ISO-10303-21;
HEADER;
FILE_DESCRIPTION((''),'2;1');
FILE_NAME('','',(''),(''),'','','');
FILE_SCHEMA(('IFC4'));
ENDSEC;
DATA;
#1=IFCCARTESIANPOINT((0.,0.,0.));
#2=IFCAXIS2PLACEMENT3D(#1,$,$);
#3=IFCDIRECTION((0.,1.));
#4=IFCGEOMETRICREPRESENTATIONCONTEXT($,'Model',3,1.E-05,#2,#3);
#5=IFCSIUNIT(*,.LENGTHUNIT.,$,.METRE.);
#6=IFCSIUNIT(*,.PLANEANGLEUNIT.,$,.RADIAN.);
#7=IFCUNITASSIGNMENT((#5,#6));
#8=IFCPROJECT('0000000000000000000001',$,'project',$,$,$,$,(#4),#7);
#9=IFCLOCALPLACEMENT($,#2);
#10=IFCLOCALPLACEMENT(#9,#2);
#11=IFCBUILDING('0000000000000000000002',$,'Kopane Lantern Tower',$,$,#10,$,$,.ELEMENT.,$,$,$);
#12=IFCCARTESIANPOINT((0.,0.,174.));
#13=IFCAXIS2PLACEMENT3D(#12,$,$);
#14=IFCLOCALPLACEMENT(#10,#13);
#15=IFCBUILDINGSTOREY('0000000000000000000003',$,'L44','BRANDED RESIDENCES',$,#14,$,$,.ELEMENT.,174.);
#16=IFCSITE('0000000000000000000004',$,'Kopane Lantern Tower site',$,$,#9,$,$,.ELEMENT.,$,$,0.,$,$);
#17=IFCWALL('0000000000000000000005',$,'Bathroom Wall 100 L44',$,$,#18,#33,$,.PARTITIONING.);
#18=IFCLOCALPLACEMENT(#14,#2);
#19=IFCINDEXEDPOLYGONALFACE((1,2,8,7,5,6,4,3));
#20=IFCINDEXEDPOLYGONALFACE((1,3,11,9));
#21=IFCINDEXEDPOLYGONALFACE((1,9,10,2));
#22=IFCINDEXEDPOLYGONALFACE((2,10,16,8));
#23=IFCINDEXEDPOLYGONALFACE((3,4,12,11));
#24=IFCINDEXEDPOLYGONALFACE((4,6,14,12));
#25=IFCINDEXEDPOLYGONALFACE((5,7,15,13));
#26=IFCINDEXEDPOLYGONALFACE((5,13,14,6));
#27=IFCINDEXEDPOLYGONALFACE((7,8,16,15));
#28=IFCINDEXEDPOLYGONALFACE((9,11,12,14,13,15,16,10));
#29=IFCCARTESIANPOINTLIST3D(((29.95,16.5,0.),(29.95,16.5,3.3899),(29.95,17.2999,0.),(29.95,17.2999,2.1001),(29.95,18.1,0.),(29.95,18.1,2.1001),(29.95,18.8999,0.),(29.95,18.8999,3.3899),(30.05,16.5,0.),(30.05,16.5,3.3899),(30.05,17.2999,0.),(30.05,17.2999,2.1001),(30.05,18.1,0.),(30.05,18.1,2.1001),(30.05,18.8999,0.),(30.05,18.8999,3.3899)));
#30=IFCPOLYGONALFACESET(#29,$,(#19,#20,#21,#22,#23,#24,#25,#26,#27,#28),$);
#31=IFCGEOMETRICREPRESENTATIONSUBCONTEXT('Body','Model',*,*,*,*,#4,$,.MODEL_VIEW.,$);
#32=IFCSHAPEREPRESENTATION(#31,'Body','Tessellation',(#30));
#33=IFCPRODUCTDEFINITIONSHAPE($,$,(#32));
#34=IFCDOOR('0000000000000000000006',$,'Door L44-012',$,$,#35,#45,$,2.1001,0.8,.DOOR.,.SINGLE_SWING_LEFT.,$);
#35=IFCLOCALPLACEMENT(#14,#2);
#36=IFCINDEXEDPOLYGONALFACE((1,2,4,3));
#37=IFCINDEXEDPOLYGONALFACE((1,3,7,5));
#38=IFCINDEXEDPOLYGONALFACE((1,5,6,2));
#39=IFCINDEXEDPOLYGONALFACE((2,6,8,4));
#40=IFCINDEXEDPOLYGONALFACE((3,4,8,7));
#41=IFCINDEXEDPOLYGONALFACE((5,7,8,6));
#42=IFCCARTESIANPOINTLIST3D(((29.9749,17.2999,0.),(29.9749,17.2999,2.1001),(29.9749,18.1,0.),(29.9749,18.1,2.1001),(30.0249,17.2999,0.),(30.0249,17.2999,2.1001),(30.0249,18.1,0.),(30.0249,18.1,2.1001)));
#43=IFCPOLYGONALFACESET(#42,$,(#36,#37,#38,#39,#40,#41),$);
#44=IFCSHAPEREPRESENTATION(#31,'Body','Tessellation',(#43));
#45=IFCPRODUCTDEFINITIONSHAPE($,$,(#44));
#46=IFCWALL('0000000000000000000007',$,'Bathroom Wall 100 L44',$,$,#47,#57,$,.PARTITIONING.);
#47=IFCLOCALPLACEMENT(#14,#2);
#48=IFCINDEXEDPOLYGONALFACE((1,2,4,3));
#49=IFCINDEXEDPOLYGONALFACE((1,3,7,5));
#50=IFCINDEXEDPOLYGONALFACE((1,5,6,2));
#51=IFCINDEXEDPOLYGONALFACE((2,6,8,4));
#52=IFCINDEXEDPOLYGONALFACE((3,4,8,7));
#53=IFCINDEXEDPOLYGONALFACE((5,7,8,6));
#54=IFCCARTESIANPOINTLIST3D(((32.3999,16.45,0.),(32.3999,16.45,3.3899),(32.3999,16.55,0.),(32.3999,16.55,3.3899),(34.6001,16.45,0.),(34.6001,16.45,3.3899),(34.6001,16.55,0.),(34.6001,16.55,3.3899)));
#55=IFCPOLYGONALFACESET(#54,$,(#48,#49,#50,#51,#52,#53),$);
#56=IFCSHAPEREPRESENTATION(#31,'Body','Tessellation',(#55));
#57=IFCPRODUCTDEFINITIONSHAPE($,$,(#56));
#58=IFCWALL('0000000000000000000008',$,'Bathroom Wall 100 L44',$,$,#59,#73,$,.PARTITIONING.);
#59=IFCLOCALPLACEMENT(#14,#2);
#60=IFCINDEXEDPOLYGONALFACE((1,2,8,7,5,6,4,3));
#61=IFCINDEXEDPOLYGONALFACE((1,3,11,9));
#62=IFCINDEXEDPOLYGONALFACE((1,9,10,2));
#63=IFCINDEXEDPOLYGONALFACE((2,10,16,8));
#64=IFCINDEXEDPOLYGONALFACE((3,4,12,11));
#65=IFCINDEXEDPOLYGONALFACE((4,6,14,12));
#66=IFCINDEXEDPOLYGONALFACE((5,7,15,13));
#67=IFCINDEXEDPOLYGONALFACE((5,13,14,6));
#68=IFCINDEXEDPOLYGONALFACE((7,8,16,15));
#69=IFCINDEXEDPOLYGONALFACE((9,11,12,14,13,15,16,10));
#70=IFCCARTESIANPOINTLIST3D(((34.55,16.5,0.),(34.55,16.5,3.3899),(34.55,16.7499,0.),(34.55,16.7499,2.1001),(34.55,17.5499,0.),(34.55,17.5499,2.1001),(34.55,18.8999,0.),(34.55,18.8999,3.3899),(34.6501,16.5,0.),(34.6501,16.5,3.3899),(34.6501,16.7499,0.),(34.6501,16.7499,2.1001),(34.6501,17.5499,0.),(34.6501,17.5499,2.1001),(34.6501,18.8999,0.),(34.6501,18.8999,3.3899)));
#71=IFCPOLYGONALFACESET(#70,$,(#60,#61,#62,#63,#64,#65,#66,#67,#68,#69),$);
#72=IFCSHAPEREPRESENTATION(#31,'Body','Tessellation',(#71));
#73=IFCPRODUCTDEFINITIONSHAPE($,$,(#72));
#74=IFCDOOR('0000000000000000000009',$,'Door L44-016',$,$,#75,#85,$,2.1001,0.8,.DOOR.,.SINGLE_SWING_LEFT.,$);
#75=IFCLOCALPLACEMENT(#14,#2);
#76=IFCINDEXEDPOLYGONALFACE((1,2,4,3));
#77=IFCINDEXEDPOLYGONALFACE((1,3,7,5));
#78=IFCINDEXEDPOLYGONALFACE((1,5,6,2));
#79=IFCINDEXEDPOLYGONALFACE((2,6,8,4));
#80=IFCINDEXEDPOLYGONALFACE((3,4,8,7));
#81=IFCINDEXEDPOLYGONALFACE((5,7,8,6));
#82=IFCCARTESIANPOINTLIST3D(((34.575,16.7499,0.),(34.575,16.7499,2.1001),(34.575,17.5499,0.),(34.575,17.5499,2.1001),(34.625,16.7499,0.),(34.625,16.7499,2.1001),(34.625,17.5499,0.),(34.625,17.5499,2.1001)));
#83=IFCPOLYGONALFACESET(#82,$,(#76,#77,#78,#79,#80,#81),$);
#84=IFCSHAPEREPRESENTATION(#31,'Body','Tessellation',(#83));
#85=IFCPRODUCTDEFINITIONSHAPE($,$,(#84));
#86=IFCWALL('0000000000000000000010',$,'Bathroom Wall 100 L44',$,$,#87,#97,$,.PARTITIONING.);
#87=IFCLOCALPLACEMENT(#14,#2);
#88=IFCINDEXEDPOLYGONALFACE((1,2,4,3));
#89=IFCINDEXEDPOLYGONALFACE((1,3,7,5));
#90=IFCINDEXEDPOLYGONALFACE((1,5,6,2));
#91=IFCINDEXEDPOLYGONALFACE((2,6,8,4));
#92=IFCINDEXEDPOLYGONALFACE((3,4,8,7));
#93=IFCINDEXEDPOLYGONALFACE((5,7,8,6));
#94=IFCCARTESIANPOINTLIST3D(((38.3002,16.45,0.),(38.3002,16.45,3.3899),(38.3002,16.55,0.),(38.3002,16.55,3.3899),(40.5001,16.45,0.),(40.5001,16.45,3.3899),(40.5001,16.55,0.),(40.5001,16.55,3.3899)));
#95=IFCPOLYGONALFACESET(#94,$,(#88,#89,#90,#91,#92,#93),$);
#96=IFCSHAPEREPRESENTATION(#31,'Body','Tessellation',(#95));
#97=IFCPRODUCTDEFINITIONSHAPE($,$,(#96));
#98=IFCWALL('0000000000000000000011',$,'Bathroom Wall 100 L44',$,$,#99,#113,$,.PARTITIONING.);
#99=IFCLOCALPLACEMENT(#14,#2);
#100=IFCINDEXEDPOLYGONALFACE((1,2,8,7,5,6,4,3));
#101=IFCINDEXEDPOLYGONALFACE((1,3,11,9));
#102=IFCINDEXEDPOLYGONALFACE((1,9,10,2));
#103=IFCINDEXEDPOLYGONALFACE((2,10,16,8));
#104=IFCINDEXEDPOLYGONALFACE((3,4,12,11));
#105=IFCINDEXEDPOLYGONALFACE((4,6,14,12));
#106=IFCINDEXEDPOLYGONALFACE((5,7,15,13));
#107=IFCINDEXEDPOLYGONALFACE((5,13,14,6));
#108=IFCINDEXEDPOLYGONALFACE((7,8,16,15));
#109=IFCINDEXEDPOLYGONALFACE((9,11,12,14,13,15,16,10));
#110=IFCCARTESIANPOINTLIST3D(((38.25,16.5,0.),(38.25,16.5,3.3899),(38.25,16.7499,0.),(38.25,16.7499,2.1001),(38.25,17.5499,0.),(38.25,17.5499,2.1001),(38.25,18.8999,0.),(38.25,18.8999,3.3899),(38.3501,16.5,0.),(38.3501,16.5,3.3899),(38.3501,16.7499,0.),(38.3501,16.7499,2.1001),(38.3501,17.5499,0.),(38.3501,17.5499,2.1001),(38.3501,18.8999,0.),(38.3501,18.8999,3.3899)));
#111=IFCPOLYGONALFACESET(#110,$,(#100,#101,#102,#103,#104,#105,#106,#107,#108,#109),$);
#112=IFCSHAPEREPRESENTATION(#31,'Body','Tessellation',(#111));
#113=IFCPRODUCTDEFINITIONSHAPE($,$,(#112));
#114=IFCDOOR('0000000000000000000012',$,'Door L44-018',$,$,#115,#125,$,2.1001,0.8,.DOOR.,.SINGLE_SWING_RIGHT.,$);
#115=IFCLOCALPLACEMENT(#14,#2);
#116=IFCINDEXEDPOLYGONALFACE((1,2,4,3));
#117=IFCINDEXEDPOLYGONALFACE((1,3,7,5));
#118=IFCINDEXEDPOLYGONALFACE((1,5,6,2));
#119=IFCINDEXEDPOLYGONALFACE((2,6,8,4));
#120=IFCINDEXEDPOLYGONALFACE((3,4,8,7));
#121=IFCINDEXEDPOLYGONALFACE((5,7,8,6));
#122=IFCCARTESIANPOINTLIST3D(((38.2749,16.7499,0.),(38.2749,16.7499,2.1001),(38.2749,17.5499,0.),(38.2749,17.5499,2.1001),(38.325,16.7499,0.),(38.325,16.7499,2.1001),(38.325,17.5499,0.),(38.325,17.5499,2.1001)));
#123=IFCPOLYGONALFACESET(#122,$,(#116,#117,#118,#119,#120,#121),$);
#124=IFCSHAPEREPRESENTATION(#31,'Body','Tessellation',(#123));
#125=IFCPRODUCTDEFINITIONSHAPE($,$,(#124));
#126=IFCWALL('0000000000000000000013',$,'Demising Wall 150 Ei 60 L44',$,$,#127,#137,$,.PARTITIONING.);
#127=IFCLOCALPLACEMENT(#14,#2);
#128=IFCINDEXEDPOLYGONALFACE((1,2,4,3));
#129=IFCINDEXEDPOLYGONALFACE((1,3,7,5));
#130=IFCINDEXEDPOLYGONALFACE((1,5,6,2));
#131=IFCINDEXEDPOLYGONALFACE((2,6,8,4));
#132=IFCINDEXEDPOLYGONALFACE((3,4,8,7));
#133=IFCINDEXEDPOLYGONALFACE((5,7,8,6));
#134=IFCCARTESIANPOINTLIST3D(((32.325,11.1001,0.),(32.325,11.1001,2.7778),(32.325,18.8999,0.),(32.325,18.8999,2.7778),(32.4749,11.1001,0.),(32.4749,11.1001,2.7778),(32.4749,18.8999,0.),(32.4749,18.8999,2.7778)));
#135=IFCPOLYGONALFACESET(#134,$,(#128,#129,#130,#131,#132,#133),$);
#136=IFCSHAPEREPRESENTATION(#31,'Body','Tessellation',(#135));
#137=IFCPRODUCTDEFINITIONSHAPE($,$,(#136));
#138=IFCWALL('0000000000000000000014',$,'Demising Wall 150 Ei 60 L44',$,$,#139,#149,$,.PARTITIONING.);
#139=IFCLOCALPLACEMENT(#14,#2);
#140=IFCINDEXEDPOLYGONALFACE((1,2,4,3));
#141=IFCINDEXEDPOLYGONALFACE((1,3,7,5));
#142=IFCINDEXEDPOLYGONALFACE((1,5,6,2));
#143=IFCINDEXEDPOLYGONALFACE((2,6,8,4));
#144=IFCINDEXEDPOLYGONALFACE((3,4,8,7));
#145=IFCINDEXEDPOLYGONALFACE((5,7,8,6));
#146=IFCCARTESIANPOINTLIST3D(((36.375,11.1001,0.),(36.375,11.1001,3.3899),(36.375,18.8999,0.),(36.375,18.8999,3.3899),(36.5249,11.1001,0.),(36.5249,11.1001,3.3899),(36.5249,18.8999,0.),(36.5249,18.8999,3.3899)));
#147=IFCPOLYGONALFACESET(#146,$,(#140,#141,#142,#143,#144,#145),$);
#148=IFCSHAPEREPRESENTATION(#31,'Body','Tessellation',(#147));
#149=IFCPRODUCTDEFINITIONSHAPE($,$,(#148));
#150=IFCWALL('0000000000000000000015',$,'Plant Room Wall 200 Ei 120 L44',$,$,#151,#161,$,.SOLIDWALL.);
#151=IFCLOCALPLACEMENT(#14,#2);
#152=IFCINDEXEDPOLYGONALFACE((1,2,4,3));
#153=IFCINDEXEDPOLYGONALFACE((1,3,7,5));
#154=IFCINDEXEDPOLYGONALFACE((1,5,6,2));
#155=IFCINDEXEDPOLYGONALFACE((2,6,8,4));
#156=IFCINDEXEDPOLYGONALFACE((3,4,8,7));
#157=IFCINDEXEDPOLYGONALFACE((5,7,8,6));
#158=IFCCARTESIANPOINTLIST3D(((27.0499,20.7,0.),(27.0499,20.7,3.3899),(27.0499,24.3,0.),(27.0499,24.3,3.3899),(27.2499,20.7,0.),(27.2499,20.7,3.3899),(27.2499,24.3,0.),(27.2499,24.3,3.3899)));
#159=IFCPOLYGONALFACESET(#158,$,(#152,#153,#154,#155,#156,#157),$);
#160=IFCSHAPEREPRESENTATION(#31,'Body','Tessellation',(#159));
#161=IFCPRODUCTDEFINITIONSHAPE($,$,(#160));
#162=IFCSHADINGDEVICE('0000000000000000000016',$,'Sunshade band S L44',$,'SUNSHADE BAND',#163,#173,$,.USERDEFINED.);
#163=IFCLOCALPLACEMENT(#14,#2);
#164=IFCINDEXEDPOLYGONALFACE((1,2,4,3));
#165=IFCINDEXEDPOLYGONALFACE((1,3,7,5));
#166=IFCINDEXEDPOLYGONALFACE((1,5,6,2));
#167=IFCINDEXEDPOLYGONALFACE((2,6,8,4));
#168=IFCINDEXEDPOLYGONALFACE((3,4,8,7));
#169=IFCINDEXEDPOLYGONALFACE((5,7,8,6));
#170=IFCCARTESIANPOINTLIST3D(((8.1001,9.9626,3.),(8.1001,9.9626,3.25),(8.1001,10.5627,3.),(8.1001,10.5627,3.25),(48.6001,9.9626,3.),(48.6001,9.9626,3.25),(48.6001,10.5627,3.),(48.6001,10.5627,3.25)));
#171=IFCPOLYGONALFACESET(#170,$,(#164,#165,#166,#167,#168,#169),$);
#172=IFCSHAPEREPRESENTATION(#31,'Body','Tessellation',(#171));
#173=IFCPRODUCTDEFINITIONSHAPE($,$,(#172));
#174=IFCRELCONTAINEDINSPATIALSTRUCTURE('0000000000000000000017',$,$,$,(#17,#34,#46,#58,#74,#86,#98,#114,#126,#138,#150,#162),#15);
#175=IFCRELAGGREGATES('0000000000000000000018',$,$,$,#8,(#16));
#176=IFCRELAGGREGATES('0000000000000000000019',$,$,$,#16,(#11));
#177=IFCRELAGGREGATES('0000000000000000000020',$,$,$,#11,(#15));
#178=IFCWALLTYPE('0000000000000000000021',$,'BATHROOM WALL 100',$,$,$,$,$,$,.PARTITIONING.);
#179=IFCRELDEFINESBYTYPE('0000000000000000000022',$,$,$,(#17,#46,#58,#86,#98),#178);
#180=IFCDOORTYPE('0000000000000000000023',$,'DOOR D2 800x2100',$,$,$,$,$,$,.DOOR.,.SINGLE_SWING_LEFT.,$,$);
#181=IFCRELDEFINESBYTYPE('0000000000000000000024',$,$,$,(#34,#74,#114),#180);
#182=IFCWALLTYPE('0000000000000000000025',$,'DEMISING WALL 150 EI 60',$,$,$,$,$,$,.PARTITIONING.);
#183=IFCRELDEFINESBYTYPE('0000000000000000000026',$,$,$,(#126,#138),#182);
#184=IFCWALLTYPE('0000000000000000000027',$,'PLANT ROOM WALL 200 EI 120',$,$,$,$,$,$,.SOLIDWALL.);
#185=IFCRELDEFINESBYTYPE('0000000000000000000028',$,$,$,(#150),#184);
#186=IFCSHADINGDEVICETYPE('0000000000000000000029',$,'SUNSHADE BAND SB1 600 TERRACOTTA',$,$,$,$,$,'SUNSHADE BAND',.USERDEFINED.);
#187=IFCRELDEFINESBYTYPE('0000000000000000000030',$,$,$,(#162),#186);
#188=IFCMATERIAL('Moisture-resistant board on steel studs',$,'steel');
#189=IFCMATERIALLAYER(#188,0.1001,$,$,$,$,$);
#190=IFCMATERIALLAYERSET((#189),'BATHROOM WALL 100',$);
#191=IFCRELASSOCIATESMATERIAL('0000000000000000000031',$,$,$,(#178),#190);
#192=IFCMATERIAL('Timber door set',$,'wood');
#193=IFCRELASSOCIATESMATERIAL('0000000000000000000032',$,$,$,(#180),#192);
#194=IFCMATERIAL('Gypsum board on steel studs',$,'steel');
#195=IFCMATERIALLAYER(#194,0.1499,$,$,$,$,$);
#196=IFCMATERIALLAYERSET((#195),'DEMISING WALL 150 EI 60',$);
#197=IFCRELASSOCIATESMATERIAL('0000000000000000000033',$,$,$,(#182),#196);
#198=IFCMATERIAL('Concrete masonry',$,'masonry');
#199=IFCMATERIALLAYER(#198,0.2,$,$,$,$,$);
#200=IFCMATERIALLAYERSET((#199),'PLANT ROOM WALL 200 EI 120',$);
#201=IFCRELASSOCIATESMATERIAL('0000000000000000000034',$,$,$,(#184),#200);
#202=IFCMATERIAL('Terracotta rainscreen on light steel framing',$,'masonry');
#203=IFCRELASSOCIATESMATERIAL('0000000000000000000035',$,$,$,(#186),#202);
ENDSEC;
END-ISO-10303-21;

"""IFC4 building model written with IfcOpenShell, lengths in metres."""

from ifc_helpers import new_model, si_unit, direction, frame, frame_2d, origin, origin_2d, place, context, subcontext, project, spatial, rectangle, extrude, material, layer, layer_set, type_object, element, fill, save


model = new_model("IFC4")

# Units and contexts
model_context = context("Model", 3, precision=1e-05, world=origin(), true_north=direction((0.0, 1.0)))
body_context = subcontext(model_context, "Body", "Model", "MODEL_VIEW")
ifc_project = project(units=[si_unit("LENGTHUNIT", "METRE"), si_unit("PLANEANGLEUNIT", "RADIAN")], contexts=[model_context])

# Site, building, storey
site_placement = place(None, origin())
site = spatial("IfcSite", under=ifc_project, at=site_placement, Name="Kopane Lantern Tower site", CompositionType="ELEMENT", RefElevation=0.0)
building_placement = place(site_placement, origin())
building = spatial("IfcBuilding", under=site, at=building_placement, Name="Kopane Lantern Tower", CompositionType="ELEMENT")
storey_placement = place(building_placement, frame((0.0, 0.0, 174.0)))
storey = spatial("IfcBuildingStorey", under=building, at=storey_placement, Name="L44", Description="BRANDED RESIDENCES", CompositionType="ELEMENT", Elevation=174.0)

# Wall, opening, door
ifc_material_1 = material(Name="Moisture-resistant board on steel studs", Category="steel")
ifc_layer_1 = layer(ifc_material_1, 0.1001)
ifc_layer_set_1 = layer_set([ifc_layer_1], Name="BATHROOM WALL 100")
wall_type_1 = type_object("IfcWallType", Name="BATHROOM WALL 100", PredefinedType="PARTITIONING", material=ifc_layer_set_1)
wall_1_placement = place(storey_placement, frame((30.0, 18.8999, 0.0), z_axis=(0.0, 0.0, 1.0), x_axis=(0.0, -1.0, 0.0)))
wall_1 = element("IfcWall", 1, at=wall_1_placement, inside=storey, type_object=wall_type_1, Name="Bathroom Wall 100 L44", PredefinedType="PARTITIONING", context=body_context, shape_type="SweptSolid", body=[
    extrude(rectangle(XDim=2.3999, YDim=0.1001, at=frame_2d((1.2, 0.0))), origin(), (0.0, 0.0, 1.0), 3.3899),
])
opening_1_placement = place(wall_1_placement, frame((0.8, 0.0, 0.0)))
opening_1 = element("IfcOpeningElement", 2, at=opening_1_placement, cuts=wall_1, PredefinedType="OPENING", context=body_context, shape_type="SweptSolid", body=[
    extrude(rectangle(XDim=0.8, YDim=2.1001, at=frame_2d((0.3999, 1.05))), frame((0.0, 0.0601, 0.0), z_axis=(0.0, -1.0, 0.0), x_axis=(1.0, 0.0, 0.0)), (0.0, 0.0, 1.0), 0.1201),
])
ifc_material_2 = material(Name="Timber door set", Category="wood")
door_type_1 = type_object("IfcDoorType", Name="DOOR D2 800x2100", OperationType="SINGLE_SWING_LEFT", PredefinedType="DOOR", material=ifc_material_2)
door_1_placement = place(opening_1_placement, origin())
door_1 = element("IfcDoor", 3, at=door_1_placement, inside=storey, type_object=door_type_1, Name="Door L44-012", OperationType="SINGLE_SWING_LEFT", OverallHeight=2.1001, OverallWidth=0.8, PredefinedType="DOOR", context=body_context, shape_type="SweptSolid", body=[
    extrude(rectangle(XDim=0.8, YDim=2.1001, at=frame_2d((0.3999, 1.05))), frame((0.0, 0.0249, 0.0), z_axis=(0.0, -1.0, 0.0), x_axis=(1.0, 0.0, 0.0)), (0.0, 0.0, 1.0), 0.05),
])
fill(opening_1, door_1)

# Wall
wall_2_placement = place(storey_placement, frame((32.3999, 16.5, 0.0), z_axis=(0.0, 0.0, 1.0), x_axis=(1.0, 0.0, 0.0)))
element("IfcWall", 4, at=wall_2_placement, inside=storey, type_object=wall_type_1, Name="Bathroom Wall 100 L44", PredefinedType="PARTITIONING", context=body_context, shape_type="SweptSolid", body=[
    extrude(rectangle(XDim=2.2002, YDim=0.1001, at=frame_2d((1.1001, 0.0))), origin(), (0.0, 0.0, 1.0), 3.3899),
])

# Wall, opening, door
wall_3_placement = place(storey_placement, frame((34.6001, 18.8999, 0.0), z_axis=(0.0, 0.0, 1.0), x_axis=(0.0, -1.0, 0.0)))
wall_3 = element("IfcWall", 5, at=wall_3_placement, inside=storey, type_object=wall_type_1, Name="Bathroom Wall 100 L44", PredefinedType="PARTITIONING", context=body_context, shape_type="SweptSolid", body=[
    extrude(rectangle(XDim=2.3999, YDim=0.1001, at=frame_2d((1.2, 0.0))), origin(), (0.0, 0.0, 1.0), 3.3899),
])
opening_2_placement = place(wall_3_placement, frame((1.3501, 0.0, 0.0)))
opening_2 = element("IfcOpeningElement", 6, at=opening_2_placement, cuts=wall_3, PredefinedType="OPENING", context=body_context, shape_type="SweptSolid", body=[
    extrude(rectangle(XDim=0.8, YDim=2.1001, at=frame_2d((0.3999, 1.05))), frame((0.0, 0.0601, 0.0), z_axis=(0.0, -1.0, 0.0), x_axis=(1.0, 0.0, 0.0)), (0.0, 0.0, 1.0), 0.1201),
])
door_2_placement = place(opening_2_placement, origin())
door_2 = element("IfcDoor", 7, at=door_2_placement, inside=storey, type_object=door_type_1, Name="Door L44-016", OperationType="SINGLE_SWING_LEFT", OverallHeight=2.1001, OverallWidth=0.8, PredefinedType="DOOR", context=body_context, shape_type="SweptSolid", body=[
    extrude(rectangle(XDim=0.8, YDim=2.1001, at=frame_2d((0.3999, 1.05))), frame((0.0, 0.0249, 0.0), z_axis=(0.0, -1.0, 0.0), x_axis=(1.0, 0.0, 0.0)), (0.0, 0.0, 1.0), 0.05),
])
fill(opening_2, door_2)

# Wall
wall_4_placement = place(storey_placement, frame((38.3, 16.5, 0.0), z_axis=(0.0, 0.0, 1.0), x_axis=(1.0, 0.0, 0.0)))
element("IfcWall", 8, at=wall_4_placement, inside=storey, type_object=wall_type_1, Name="Bathroom Wall 100 L44", PredefinedType="PARTITIONING", context=body_context, shape_type="SweptSolid", body=[
    extrude(rectangle(XDim=2.2, YDim=0.1001, at=frame_2d((1.1001, 0.0))), origin(), (0.0, 0.0, 1.0), 3.3899),
])

# Wall, opening, door
wall_5_placement = place(storey_placement, frame((38.3, 18.8999, 0.0), z_axis=(0.0, 0.0, 1.0), x_axis=(0.0, -1.0, 0.0)))
wall_5 = element("IfcWall", 9, at=wall_5_placement, inside=storey, type_object=wall_type_1, Name="Bathroom Wall 100 L44", PredefinedType="PARTITIONING", context=body_context, shape_type="SweptSolid", body=[
    extrude(rectangle(XDim=2.3999, YDim=0.1001, at=frame_2d((1.2, 0.0))), origin(), (0.0, 0.0, 1.0), 3.3899),
])
opening_3_placement = place(wall_5_placement, frame((1.3501, 0.0, 0.0)))
opening_3 = element("IfcOpeningElement", 10, at=opening_3_placement, cuts=wall_5, PredefinedType="OPENING", context=body_context, shape_type="SweptSolid", body=[
    extrude(rectangle(XDim=0.8, YDim=2.1001, at=frame_2d((0.3999, 1.05))), frame((0.0, 0.0601, 0.0), z_axis=(0.0, -1.0, 0.0), x_axis=(1.0, 0.0, 0.0)), (0.0, 0.0, 1.0), 0.1201),
])
door_3_placement = place(opening_3_placement, origin())
door_3 = element("IfcDoor", 11, at=door_3_placement, inside=storey, type_object=door_type_1, Name="Door L44-018", OperationType="SINGLE_SWING_RIGHT", OverallHeight=2.1001, OverallWidth=0.8, PredefinedType="DOOR", context=body_context, shape_type="SweptSolid", body=[
    extrude(rectangle(XDim=0.8, YDim=2.1001, at=frame_2d((0.3999, 1.05))), frame((0.0, 0.0249, 0.0), z_axis=(0.0, -1.0, 0.0), x_axis=(1.0, 0.0, 0.0)), (0.0, 0.0, 1.0), 0.05),
])
fill(opening_3, door_3)

# Walls
ifc_material_3 = material(Name="Gypsum board on steel studs", Category="steel")
ifc_layer_2 = layer(ifc_material_3, 0.1499)
ifc_layer_set_2 = layer_set([ifc_layer_2], Name="DEMISING WALL 150 EI 60")
wall_type_2 = type_object("IfcWallType", Name="DEMISING WALL 150 EI 60", PredefinedType="PARTITIONING", material=ifc_layer_set_2)
wall_6_placement = place(storey_placement, frame((32.3999, 18.8999, 0.0), z_axis=(0.0, 0.0, 1.0), x_axis=(0.0, -1.0, 0.0)))
element("IfcWall", 12, at=wall_6_placement, inside=storey, type_object=wall_type_2, Name="Demising Wall 150 Ei 60 L44", PredefinedType="PARTITIONING", context=body_context, shape_type="SweptSolid", body=[
    extrude(rectangle(XDim=7.7998, YDim=0.1499, at=frame_2d((3.8999, 0.0))), origin(), (0.0, 0.0, 1.0), 2.7778),
])
wall_7_placement = place(storey_placement, frame((36.45, 18.8999, 0.0), z_axis=(0.0, 0.0, 1.0), x_axis=(0.0, -1.0, 0.0)))
element("IfcWall", 13, at=wall_7_placement, inside=storey, type_object=wall_type_2, Name="Demising Wall 150 Ei 60 L44", PredefinedType="PARTITIONING", context=body_context, shape_type="SweptSolid", body=[
    extrude(rectangle(XDim=7.7998, YDim=0.1499, at=frame_2d((3.8999, 0.0))), origin(), (0.0, 0.0, 1.0), 3.3899),
])
ifc_material_4 = material(Name="Concrete masonry", Category="masonry")
ifc_layer_3 = layer(ifc_material_4, 0.2)
ifc_layer_set_3 = layer_set([ifc_layer_3], Name="PLANT ROOM WALL 200 EI 120")
wall_type_3 = type_object("IfcWallType", Name="PLANT ROOM WALL 200 EI 120", PredefinedType="SOLIDWALL", material=ifc_layer_set_3)
wall_8_placement = place(storey_placement, frame((27.1499, 20.7, 0.0), z_axis=(0.0, 0.0, 1.0), x_axis=(0.0, 1.0, 0.0)))
element("IfcWall", 14, at=wall_8_placement, inside=storey, type_object=wall_type_3, Name="Plant Room Wall 200 Ei 120 L44", PredefinedType="SOLIDWALL", context=body_context, shape_type="SweptSolid", body=[
    extrude(rectangle(XDim=3.6001, YDim=0.2, at=frame_2d((1.8, 0.0))), origin(), (0.0, 0.0, 1.0), 3.3899),
])

# Shading device
ifc_material_5 = material(Name="Terracotta rainscreen on light steel framing", Category="masonry")
shading_device_type = type_object("IfcShadingDeviceType", Name="SUNSHADE BAND SB1 600 TERRACOTTA", ElementType="SUNSHADE BAND", PredefinedType="USERDEFINED", material=ifc_material_5)
shading_device_placement = place(storey_placement, frame((28.3501, 10.2627, 3.0), z_axis=(0.0, 0.0, 1.0), x_axis=(1.0, 0.0, 0.0)))
element("IfcShadingDevice", 15, at=shading_device_placement, inside=storey, type_object=shading_device_type, Name="Sunshade band S L44", ObjectType="SUNSHADE BAND", PredefinedType="USERDEFINED", context=body_context, shape_type="SweptSolid", body=[
    extrude(rectangle(XDim=40.5, YDim=0.6001, at=origin_2d()), origin(), (0.0, 0.0, 1.0), 0.25),
])

save(model, "model.ifc")
